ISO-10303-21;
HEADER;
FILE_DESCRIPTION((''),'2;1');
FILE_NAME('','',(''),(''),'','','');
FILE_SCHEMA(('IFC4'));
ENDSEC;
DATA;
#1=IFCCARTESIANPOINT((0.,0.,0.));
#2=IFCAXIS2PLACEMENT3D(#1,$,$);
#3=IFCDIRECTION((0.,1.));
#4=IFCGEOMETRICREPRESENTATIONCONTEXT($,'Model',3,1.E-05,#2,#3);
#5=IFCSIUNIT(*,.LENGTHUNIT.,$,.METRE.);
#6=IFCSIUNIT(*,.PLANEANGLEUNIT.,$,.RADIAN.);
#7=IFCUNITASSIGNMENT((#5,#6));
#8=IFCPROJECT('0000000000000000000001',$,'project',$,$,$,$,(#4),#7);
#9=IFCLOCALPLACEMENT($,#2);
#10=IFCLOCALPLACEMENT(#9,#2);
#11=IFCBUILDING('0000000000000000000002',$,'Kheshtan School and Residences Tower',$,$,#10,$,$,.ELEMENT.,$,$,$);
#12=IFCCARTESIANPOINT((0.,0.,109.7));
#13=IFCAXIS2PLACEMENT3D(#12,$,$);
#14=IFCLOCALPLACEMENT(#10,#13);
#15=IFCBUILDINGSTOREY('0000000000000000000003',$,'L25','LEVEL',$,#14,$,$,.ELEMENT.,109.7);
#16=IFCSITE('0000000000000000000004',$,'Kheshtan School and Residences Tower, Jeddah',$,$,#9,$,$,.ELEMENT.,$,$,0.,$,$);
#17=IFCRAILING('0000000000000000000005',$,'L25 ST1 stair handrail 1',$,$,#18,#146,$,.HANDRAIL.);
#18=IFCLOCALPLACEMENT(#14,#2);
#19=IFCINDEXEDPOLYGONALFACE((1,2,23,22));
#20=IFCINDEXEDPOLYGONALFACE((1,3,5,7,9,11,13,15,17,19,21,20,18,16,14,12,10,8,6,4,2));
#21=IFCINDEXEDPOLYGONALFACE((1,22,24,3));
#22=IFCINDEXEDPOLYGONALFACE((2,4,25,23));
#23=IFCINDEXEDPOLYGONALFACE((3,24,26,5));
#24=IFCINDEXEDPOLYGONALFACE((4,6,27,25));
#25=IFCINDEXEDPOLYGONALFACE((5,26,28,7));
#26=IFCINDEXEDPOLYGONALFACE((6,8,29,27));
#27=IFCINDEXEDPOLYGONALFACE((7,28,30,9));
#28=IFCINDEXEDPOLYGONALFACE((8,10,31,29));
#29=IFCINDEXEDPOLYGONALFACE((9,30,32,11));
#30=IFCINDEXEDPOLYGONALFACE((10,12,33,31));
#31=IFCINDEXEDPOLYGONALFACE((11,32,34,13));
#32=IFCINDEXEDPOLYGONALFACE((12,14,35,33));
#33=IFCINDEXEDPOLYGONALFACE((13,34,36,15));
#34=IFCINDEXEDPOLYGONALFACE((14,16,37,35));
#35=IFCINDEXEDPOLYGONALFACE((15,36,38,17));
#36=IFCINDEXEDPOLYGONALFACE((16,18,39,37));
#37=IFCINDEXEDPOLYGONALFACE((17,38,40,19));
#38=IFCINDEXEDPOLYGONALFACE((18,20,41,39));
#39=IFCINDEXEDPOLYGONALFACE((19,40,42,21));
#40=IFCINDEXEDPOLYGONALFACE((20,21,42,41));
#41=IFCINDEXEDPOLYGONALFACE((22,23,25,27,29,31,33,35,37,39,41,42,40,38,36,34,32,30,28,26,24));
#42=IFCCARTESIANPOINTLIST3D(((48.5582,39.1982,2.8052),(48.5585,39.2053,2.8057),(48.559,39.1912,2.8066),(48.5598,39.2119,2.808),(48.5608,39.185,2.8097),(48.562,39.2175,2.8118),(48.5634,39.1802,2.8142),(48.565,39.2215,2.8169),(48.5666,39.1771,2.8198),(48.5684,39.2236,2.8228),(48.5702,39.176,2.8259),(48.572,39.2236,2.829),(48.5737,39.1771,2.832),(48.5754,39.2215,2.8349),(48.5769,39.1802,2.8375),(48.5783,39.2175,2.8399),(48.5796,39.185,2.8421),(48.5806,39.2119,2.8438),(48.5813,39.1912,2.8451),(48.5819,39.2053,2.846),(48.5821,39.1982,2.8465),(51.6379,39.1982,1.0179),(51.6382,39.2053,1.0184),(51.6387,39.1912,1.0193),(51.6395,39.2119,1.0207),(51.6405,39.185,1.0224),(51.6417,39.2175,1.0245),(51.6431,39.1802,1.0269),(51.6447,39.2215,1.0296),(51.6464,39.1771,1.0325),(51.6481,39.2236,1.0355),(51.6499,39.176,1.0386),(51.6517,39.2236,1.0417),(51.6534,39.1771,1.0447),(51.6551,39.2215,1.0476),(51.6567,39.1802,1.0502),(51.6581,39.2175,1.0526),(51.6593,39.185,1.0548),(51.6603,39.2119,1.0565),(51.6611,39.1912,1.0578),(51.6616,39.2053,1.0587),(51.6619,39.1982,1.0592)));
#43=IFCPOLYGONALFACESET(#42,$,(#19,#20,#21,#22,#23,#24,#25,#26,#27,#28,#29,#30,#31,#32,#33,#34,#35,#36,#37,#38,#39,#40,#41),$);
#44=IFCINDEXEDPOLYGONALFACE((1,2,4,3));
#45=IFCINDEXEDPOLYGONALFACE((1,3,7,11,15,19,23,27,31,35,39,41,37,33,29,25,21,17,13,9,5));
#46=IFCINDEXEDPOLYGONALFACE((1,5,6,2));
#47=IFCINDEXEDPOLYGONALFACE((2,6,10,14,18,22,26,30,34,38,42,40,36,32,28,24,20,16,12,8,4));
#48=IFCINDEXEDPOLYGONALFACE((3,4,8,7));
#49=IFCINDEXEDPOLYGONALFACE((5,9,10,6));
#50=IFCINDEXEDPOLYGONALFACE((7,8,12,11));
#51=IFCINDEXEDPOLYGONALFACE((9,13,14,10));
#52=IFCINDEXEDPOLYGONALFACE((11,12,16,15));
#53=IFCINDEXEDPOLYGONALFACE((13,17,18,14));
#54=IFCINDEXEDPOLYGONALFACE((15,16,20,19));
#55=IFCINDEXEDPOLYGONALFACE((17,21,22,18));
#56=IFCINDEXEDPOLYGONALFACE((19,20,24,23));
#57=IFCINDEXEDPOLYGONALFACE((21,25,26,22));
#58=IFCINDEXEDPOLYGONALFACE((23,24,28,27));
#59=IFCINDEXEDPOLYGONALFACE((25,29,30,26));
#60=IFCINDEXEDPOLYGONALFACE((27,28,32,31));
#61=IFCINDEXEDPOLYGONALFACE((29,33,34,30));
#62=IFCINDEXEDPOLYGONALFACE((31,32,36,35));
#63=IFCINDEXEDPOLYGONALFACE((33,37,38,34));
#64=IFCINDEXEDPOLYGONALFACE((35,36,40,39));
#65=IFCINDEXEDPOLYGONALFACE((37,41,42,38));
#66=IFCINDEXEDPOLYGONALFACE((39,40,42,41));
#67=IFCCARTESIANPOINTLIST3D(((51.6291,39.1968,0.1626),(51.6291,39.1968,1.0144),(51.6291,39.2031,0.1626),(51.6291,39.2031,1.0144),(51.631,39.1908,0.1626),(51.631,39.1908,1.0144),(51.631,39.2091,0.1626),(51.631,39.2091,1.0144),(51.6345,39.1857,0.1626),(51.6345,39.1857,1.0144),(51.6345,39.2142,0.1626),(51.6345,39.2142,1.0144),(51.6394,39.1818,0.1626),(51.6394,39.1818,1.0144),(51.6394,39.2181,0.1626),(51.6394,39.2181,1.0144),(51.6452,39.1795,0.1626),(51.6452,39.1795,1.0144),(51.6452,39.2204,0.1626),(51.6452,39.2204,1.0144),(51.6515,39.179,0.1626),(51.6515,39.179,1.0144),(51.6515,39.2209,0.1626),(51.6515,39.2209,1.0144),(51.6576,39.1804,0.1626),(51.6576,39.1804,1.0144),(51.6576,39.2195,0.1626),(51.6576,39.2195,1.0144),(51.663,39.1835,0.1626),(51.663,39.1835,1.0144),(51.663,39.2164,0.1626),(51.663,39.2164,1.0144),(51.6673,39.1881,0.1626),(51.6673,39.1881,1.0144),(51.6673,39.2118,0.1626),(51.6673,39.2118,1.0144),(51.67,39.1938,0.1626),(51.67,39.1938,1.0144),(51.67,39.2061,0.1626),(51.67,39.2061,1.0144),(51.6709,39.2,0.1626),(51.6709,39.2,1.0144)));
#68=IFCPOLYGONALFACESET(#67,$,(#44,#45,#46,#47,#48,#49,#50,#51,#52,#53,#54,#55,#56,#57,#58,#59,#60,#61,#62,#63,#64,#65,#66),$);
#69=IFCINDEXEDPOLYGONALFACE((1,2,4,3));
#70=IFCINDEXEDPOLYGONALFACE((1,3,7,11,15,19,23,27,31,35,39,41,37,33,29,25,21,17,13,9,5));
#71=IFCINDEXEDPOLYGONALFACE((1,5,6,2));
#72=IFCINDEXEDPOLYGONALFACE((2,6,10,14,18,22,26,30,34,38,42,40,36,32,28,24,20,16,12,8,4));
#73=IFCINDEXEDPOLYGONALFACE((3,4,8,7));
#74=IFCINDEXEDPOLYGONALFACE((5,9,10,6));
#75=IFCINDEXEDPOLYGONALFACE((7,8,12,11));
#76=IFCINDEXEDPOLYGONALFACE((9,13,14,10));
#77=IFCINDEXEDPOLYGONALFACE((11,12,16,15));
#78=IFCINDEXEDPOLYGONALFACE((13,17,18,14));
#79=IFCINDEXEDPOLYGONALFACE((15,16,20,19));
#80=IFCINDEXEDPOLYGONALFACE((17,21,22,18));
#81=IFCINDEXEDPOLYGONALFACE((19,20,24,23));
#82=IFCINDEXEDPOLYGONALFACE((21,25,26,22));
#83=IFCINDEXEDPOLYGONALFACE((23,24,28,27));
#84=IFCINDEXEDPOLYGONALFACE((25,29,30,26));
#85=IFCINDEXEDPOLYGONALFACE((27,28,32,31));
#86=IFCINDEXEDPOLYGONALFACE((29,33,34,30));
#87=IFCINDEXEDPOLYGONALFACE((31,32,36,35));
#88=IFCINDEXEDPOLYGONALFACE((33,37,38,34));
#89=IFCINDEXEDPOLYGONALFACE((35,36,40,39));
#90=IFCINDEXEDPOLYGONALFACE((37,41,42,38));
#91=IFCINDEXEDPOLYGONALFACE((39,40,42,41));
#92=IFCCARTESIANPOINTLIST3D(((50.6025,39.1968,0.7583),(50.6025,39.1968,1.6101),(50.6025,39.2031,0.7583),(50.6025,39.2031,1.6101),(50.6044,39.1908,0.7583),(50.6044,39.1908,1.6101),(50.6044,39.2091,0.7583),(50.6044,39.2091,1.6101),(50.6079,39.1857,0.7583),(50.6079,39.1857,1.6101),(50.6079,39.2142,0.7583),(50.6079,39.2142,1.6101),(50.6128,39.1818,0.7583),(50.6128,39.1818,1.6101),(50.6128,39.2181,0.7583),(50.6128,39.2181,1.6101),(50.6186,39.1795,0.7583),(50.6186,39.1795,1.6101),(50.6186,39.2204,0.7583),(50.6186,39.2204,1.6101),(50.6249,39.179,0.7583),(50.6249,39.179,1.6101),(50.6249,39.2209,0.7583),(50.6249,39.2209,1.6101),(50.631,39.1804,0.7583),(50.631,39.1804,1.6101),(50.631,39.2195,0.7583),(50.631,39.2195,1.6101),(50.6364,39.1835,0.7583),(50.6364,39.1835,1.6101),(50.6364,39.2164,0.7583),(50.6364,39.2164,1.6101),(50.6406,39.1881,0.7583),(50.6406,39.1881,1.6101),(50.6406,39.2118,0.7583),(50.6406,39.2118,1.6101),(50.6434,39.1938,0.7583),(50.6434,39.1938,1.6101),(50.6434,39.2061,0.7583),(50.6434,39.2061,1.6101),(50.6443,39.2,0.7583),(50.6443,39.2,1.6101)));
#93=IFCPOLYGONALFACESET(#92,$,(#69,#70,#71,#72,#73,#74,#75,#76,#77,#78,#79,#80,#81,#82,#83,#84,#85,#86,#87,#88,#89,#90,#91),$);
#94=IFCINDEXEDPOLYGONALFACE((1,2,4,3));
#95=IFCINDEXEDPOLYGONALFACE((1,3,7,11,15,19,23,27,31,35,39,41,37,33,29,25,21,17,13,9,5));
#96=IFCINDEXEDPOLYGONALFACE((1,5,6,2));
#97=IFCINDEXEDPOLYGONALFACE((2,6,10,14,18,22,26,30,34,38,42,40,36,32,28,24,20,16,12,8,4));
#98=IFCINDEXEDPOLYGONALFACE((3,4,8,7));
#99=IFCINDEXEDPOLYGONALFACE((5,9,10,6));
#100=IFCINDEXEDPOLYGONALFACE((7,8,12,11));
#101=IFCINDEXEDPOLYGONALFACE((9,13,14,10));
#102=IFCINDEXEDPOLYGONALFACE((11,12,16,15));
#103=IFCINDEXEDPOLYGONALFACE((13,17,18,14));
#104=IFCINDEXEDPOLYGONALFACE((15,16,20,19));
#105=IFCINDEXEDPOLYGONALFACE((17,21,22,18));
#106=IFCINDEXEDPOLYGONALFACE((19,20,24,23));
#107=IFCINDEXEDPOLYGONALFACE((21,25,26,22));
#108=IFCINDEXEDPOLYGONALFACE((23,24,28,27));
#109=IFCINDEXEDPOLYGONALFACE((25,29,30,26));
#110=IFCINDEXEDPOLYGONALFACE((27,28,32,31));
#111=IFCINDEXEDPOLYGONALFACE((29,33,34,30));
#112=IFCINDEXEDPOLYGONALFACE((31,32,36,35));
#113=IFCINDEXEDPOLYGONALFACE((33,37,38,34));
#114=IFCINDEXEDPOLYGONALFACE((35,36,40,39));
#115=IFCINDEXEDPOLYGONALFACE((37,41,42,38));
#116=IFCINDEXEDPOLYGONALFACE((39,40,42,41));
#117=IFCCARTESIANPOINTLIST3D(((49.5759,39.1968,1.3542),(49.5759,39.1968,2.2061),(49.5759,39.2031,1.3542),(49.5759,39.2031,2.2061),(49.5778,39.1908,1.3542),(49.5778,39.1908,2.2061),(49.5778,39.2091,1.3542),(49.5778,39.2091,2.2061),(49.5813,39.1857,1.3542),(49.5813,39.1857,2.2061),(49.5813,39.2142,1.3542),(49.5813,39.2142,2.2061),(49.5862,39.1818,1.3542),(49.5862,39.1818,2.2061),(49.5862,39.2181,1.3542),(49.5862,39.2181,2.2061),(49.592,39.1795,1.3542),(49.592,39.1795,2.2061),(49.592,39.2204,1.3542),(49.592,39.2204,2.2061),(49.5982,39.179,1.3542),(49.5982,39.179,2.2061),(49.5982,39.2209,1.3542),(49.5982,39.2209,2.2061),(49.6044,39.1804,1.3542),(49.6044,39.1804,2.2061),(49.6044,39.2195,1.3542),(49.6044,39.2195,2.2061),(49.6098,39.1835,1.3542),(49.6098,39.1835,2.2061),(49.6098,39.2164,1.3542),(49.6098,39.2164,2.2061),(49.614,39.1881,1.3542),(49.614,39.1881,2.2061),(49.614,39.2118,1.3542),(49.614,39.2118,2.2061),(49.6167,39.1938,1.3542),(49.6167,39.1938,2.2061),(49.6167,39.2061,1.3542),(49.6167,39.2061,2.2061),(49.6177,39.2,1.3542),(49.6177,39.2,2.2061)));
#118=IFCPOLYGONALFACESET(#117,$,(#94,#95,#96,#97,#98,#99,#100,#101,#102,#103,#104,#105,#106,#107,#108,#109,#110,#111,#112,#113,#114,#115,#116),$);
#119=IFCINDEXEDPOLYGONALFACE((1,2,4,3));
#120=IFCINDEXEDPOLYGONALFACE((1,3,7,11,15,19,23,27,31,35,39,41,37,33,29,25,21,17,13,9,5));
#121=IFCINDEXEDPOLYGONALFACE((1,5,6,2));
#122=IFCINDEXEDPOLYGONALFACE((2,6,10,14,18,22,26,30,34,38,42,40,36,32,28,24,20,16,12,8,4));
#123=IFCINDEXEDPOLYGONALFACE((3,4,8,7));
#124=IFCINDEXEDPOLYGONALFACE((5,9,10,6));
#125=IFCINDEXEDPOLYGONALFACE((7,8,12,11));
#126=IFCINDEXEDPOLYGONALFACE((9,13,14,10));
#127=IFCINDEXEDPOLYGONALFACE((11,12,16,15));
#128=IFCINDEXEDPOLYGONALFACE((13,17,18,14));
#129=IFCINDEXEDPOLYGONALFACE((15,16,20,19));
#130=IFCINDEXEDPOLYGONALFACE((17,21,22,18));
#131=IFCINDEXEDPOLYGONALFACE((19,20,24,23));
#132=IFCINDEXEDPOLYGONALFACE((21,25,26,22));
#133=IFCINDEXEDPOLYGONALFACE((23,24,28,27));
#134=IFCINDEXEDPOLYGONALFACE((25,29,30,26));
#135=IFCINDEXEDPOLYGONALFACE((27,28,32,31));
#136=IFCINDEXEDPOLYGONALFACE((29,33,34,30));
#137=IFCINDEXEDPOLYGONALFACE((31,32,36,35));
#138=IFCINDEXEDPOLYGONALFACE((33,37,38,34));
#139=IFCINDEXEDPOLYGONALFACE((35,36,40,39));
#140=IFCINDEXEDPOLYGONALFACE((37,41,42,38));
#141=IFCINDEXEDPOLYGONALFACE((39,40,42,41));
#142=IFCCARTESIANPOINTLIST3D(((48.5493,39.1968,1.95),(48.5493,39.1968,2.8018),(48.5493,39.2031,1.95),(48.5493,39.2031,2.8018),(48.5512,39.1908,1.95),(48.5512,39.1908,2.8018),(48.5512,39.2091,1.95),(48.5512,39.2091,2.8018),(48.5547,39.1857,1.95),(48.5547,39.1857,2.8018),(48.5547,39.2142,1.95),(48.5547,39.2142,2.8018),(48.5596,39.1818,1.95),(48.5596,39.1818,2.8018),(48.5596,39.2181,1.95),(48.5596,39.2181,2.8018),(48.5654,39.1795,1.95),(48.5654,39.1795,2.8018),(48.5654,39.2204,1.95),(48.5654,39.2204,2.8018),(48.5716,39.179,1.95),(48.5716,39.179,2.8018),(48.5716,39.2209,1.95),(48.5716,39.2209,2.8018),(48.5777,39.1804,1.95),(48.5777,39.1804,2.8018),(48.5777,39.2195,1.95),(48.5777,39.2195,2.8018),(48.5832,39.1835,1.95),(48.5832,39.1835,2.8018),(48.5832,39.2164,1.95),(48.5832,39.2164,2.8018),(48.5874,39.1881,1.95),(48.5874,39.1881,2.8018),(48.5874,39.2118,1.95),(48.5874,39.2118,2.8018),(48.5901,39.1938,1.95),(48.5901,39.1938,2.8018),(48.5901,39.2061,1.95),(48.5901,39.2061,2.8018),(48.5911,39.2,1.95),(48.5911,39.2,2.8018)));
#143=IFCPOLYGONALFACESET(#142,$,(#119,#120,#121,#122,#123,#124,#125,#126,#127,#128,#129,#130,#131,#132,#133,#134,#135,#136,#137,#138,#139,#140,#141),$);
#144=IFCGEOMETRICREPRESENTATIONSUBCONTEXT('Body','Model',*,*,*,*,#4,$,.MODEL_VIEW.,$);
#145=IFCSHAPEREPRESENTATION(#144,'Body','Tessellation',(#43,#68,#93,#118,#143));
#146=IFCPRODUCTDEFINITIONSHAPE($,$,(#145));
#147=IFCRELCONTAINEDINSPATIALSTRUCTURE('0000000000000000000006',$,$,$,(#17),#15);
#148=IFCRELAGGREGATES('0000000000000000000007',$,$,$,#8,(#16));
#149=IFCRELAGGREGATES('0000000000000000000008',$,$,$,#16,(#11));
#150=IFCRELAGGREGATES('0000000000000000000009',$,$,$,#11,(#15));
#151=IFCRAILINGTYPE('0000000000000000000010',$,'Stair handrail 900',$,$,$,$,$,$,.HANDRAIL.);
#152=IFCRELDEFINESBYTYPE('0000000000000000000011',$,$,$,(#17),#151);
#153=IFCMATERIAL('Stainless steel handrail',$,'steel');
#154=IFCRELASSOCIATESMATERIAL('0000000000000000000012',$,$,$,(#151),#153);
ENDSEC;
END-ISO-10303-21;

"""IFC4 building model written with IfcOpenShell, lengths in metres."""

from ifc_helpers import new_model, si_unit, direction, frame, origin, origin_2d, place, context, subcontext, project, spatial, circle, extrude, material, type_object, element, save


model = new_model("IFC4")

# Units and contexts
model_context = context("Model", 3, precision=1e-05, world=origin(), true_north=direction((0.0, 1.0)))
body_context = subcontext(model_context, "Body", "Model", "MODEL_VIEW")
ifc_project = project(units=[si_unit("LENGTHUNIT", "METRE"), si_unit("PLANEANGLEUNIT", "RADIAN")], contexts=[model_context])

# Site, building, storey
site_placement = place(None, origin())
site = spatial("IfcSite", under=ifc_project, at=site_placement, Name="Kheshtan School and Residences Tower, Jeddah", CompositionType="ELEMENT", RefElevation=0.0)
building_placement = place(site_placement, origin())
building = spatial("IfcBuilding", under=site, at=building_placement, Name="Kheshtan School and Residences Tower", CompositionType="ELEMENT")
storey_placement = place(building_placement, frame((0.0, 0.0, 109.7)))
storey = spatial("IfcBuildingStorey", under=building, at=storey_placement, Name="L25", Description="LEVEL", CompositionType="ELEMENT", Elevation=109.7)

# Railing
ifc_material_1 = material(Name="Stainless steel handrail", Category="steel")
railing_type_1 = type_object("IfcRailingType", Name="Stair handrail 900", PredefinedType="HANDRAIL", material=ifc_material_1)
railing_1_placement = place(storey_placement, frame((51.6499, 39.2, 0.1626)))
element("IfcRailing", 1, at=railing_1_placement, inside=storey, type_object=railing_type_1, Name="L25 ST1 stair handrail 1", PredefinedType="HANDRAIL", context=body_context, shape_type="SweptSolid", body=[
    extrude(circle(Radius=0.0239, at=origin_2d()), frame((0.0, 0.0, 0.876), z_axis=(-0.864903, 0.0, 0.501939), x_axis=(0.0, -1.0, 0.0)), (0.0, 0.0, 1.0), 3.5608),
    extrude(circle(Radius=0.021, at=origin_2d()), origin(), (0.0, 0.0, 1.0), 0.8518),
    extrude(circle(Radius=0.021, at=origin_2d()), frame((-1.0266, 0.0, 0.5957)), (0.0, 0.0, 1.0), 0.8518),
    extrude(circle(Radius=0.021, at=origin_2d()), frame((-2.0532, 0.0, 1.1917)), (0.0, 0.0, 1.0), 0.8518),
    extrude(circle(Radius=0.021, at=origin_2d()), frame((-3.0798, 0.0, 1.7874)), (0.0, 0.0, 1.0), 0.8518),
])

save(model, "model.ifc")
